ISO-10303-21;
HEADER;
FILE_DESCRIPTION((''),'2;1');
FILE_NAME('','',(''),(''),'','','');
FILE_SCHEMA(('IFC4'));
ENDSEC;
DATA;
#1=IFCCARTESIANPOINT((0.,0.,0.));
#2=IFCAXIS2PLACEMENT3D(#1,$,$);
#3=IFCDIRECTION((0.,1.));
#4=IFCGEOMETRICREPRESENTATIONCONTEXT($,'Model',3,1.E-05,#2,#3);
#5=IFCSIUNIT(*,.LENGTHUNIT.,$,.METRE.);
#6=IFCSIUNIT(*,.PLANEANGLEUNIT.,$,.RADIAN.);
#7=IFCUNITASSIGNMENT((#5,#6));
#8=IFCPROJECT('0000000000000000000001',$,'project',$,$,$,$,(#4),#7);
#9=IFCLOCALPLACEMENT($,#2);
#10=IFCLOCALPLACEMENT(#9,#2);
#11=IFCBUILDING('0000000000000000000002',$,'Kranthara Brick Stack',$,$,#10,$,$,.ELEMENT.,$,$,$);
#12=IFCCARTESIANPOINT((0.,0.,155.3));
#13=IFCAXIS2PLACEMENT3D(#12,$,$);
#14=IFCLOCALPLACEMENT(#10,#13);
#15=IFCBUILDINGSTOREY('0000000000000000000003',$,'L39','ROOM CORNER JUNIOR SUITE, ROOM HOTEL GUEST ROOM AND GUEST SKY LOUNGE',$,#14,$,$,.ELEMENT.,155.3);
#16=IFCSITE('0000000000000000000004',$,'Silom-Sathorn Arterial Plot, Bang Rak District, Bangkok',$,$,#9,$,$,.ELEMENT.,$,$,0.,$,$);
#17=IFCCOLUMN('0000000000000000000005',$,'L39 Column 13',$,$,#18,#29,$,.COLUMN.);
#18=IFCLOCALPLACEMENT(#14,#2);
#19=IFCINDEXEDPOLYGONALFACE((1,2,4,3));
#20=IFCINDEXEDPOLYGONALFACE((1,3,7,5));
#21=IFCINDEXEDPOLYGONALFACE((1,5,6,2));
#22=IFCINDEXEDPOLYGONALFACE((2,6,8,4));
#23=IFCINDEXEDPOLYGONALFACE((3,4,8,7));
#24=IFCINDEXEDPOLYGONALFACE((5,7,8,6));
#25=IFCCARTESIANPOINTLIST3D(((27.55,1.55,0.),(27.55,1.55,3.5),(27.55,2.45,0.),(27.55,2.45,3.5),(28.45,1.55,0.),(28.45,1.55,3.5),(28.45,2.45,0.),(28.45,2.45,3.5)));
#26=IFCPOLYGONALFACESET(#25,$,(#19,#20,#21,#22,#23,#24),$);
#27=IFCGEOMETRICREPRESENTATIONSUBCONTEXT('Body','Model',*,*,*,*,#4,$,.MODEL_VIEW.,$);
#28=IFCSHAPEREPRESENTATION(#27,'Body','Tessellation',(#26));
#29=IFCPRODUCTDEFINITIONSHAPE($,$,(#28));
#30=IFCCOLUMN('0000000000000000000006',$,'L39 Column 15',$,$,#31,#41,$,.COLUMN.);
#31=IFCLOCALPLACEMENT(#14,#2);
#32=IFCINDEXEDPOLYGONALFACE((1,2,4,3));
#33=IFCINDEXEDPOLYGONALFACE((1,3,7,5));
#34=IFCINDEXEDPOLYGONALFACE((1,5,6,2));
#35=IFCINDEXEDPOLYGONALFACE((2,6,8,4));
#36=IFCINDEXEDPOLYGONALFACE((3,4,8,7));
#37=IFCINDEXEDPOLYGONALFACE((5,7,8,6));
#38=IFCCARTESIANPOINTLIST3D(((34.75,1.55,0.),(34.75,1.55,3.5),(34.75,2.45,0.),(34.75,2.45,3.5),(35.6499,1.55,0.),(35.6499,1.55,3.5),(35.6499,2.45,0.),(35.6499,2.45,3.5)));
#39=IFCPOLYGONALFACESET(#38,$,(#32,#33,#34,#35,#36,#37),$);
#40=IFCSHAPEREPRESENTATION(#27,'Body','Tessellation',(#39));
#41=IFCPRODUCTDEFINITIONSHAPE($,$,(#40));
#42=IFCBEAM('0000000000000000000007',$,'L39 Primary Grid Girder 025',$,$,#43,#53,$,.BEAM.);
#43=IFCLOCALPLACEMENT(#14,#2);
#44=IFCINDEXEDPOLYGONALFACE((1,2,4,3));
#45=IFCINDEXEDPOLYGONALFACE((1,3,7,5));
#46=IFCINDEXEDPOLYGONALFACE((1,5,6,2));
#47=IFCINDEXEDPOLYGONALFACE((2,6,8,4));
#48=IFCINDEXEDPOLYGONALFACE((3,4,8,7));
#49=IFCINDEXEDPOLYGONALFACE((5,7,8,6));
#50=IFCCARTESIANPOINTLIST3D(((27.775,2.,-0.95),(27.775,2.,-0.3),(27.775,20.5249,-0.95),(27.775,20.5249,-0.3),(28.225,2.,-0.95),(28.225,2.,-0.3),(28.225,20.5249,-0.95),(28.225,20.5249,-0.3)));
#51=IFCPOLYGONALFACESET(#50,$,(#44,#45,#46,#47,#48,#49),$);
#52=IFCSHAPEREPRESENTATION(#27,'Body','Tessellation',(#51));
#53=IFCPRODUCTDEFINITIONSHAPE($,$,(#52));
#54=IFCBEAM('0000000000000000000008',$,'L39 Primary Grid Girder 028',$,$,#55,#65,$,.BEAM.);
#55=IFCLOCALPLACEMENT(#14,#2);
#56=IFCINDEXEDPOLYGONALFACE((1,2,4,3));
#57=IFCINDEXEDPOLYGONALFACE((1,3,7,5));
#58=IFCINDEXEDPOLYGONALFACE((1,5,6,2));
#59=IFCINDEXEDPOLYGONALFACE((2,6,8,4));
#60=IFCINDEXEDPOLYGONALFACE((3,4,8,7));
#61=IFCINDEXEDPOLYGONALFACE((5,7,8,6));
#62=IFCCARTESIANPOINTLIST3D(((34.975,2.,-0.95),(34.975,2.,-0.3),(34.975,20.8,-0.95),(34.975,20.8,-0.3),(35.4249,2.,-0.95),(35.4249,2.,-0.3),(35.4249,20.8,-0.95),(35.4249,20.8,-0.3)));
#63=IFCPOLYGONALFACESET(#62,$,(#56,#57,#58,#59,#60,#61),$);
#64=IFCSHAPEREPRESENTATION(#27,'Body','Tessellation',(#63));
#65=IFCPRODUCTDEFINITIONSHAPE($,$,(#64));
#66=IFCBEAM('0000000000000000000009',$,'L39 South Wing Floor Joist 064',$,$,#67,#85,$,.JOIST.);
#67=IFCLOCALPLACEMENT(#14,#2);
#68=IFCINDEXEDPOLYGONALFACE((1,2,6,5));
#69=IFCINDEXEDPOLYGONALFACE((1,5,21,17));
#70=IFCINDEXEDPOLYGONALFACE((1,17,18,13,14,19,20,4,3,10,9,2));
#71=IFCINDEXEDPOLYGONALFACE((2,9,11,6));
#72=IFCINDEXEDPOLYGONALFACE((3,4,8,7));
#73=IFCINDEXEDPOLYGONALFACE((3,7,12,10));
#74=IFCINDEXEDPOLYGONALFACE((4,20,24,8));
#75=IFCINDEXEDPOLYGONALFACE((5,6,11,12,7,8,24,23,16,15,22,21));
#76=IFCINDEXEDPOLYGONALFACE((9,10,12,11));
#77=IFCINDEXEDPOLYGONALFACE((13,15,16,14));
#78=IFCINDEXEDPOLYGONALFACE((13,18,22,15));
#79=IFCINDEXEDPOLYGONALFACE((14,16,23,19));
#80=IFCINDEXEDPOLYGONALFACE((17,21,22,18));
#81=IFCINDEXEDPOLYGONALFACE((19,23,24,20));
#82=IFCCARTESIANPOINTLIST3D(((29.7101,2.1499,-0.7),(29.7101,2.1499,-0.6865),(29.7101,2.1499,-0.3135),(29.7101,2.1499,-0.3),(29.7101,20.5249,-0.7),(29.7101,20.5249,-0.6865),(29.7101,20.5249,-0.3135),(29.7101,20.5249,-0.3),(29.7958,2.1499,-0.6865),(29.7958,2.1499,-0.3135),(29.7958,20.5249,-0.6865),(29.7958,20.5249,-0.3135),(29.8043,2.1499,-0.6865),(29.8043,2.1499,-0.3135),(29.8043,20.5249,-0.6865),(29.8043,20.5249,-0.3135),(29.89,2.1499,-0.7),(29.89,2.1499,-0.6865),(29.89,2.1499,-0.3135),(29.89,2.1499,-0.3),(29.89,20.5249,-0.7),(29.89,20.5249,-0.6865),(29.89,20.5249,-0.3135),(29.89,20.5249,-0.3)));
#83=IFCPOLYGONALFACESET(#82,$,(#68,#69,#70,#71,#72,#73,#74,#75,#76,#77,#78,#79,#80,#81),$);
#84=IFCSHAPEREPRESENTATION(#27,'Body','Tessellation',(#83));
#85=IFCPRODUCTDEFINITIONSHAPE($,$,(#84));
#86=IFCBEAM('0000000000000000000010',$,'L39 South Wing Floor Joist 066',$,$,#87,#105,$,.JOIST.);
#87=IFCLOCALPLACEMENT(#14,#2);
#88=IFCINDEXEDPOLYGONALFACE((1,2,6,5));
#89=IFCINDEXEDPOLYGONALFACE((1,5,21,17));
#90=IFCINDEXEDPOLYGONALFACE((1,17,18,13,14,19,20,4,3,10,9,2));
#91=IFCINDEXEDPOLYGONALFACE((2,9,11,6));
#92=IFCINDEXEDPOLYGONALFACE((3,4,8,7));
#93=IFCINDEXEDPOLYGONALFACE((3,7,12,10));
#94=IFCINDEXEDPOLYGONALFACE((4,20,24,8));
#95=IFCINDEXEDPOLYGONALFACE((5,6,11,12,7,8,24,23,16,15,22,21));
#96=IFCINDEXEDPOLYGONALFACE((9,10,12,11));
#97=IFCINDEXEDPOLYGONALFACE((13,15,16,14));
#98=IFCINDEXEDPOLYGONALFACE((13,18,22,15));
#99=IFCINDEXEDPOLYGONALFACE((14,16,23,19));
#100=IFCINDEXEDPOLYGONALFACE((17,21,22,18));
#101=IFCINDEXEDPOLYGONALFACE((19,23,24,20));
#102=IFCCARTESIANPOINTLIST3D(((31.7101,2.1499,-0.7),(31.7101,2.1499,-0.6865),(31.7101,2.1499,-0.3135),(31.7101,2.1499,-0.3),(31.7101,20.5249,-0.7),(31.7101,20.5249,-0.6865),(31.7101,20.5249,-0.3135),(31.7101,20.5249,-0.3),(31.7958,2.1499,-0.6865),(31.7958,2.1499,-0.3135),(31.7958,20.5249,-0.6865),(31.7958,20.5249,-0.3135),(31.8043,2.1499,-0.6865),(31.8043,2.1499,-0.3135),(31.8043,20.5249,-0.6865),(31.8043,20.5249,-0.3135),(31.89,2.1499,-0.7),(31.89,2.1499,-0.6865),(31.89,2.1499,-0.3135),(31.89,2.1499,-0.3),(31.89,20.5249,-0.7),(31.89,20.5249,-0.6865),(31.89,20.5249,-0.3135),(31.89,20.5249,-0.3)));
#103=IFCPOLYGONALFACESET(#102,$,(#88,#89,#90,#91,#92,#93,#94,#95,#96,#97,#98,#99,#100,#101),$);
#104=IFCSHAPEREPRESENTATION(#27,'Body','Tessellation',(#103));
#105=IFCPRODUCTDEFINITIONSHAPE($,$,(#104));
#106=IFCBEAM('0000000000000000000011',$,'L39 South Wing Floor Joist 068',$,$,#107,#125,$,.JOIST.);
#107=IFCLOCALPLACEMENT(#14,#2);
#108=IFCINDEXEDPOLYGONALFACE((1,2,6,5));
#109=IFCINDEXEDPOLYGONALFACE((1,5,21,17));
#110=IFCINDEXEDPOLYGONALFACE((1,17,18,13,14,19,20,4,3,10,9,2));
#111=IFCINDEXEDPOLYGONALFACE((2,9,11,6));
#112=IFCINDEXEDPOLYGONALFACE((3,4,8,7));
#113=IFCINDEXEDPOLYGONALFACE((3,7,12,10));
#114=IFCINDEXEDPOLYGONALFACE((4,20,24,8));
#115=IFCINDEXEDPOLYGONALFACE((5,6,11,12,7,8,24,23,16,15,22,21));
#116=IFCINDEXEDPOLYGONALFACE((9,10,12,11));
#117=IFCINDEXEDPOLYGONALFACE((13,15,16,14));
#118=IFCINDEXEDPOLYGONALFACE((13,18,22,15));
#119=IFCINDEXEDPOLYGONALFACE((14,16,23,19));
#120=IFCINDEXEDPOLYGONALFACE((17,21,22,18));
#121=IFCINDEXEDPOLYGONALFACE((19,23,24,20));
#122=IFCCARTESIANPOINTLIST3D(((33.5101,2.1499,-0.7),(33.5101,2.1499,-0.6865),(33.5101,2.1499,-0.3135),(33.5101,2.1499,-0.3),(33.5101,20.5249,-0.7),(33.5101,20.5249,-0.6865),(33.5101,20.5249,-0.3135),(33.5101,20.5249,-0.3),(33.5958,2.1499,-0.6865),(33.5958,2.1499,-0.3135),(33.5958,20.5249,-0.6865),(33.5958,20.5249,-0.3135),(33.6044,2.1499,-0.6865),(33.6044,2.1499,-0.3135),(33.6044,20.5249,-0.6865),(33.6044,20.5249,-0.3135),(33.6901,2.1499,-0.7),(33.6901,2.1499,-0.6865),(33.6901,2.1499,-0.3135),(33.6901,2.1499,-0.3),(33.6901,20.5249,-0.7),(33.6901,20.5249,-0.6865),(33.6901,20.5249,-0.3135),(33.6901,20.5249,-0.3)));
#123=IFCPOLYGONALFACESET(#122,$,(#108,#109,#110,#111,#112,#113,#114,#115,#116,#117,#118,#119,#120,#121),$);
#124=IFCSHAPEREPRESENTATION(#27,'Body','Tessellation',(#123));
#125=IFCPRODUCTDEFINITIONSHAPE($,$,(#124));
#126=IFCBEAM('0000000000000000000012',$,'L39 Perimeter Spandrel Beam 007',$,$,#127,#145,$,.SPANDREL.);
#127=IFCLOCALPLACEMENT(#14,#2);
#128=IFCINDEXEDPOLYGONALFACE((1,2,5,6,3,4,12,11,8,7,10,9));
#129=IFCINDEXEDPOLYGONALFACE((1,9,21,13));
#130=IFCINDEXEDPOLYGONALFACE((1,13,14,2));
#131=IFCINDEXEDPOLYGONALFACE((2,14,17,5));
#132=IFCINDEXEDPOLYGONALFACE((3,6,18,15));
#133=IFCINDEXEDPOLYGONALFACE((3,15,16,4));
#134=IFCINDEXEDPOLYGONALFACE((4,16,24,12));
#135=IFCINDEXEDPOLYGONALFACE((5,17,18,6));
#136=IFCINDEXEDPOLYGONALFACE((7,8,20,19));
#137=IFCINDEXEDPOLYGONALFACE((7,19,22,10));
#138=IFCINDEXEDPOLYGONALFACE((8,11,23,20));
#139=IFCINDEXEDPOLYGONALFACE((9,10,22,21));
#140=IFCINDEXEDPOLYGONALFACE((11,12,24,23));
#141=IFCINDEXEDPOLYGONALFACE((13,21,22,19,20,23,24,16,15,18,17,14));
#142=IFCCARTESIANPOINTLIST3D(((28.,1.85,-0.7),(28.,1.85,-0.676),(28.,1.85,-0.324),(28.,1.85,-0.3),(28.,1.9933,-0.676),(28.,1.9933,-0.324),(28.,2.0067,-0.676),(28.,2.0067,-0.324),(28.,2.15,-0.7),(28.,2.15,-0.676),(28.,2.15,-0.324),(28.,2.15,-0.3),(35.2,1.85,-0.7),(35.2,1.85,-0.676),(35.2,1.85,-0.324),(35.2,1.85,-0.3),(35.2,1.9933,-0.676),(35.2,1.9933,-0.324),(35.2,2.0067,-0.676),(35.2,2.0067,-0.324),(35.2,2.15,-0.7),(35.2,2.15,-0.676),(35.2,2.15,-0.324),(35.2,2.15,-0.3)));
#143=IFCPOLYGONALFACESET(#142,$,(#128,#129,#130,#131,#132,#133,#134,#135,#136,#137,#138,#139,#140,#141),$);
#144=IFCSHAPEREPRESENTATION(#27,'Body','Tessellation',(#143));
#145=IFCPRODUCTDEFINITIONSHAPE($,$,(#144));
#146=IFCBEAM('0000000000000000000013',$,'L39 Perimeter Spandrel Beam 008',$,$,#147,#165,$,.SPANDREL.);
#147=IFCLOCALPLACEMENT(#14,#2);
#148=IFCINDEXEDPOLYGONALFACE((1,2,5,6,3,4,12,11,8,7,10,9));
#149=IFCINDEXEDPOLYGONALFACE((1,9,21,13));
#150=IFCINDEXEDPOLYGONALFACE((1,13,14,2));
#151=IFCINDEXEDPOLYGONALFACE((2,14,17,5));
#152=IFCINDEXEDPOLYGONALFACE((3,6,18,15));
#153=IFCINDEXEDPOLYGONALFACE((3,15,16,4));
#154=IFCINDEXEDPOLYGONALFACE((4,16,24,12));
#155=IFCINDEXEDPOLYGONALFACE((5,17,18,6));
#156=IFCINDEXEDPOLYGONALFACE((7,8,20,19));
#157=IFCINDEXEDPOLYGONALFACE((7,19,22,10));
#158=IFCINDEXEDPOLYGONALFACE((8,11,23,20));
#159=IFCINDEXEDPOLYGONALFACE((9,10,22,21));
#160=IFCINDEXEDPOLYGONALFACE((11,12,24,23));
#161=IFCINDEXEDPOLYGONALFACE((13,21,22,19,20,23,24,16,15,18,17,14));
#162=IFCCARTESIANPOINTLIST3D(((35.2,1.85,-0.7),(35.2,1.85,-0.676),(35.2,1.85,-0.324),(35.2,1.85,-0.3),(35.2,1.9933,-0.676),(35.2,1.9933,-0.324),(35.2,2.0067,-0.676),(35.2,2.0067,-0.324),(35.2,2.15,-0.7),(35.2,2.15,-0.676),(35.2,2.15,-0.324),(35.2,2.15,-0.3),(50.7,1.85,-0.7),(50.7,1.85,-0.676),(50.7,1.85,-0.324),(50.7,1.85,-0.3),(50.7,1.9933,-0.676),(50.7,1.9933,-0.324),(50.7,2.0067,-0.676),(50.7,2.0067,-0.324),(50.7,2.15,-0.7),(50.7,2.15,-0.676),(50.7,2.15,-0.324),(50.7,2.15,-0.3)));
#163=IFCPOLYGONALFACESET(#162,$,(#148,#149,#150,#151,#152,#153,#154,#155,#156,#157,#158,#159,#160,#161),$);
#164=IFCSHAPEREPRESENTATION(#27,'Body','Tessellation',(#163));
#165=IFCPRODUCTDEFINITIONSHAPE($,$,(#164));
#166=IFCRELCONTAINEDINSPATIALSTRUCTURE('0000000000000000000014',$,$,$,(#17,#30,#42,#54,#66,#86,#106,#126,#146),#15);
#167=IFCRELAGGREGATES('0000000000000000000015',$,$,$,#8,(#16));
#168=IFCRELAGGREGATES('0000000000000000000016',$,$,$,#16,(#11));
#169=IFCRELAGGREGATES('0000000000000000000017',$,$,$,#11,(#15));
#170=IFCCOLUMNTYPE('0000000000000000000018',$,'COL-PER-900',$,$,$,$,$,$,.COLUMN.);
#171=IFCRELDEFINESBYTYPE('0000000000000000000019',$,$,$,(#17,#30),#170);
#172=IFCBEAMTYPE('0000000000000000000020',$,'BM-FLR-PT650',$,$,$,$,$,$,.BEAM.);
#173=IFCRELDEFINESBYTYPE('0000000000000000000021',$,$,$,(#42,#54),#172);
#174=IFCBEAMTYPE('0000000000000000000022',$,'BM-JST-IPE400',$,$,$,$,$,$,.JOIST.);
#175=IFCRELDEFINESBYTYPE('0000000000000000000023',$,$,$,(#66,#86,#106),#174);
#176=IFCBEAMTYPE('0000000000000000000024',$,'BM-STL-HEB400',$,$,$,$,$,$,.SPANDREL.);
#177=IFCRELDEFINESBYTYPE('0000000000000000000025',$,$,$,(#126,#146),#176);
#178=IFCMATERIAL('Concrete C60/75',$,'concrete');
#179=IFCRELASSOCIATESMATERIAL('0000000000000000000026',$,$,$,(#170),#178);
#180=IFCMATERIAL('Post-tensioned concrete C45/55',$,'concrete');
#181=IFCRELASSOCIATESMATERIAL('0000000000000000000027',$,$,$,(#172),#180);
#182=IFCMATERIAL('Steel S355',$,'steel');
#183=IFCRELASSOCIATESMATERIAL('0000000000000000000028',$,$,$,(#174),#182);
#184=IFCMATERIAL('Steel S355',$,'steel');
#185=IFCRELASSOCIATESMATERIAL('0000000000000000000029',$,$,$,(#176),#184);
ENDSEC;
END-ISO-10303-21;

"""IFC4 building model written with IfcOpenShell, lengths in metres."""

from ifc_helpers import new_model, si_unit, direction, frame, origin, origin_2d, place, context, subcontext, project, spatial, rectangle, i_section, extrude, material, material_profile, profile_set, type_object, element, save


model = new_model("IFC4")

# Units and contexts
model_context = context("Model", 3, precision=1e-05, world=origin(), true_north=direction((0.0, 1.0)))
body_context = subcontext(model_context, "Body", "Model", "MODEL_VIEW")
ifc_project = project(units=[si_unit("LENGTHUNIT", "METRE"), si_unit("PLANEANGLEUNIT", "RADIAN")], contexts=[model_context])

# Site, building, storey
site_placement = place(None, origin())
site = spatial("IfcSite", under=ifc_project, at=site_placement, Name="Silom-Sathorn Arterial Plot, Bang Rak District, Bangkok", CompositionType="ELEMENT", RefElevation=0.0)
building_placement = place(site_placement, origin())
building = spatial("IfcBuilding", under=site, at=building_placement, Name="Kranthara Brick Stack", CompositionType="ELEMENT")
storey_placement = place(building_placement, frame((0.0, 0.0, 155.3)))
storey = spatial("IfcBuildingStorey", under=building, at=storey_placement, Name="L39", Description="ROOM CORNER JUNIOR SUITE, ROOM HOTEL GUEST ROOM AND GUEST SKY LOUNGE", CompositionType="ELEMENT", Elevation=155.3)

# Columns
ifc_material_1 = material(Name="Concrete C60/75", Category="concrete")
ifc_material_profile_1 = material_profile(ifc_material_1, rectangle(XDim=0.8999, YDim=0.8999, at=origin_2d()), Name="RC 900x900")
ifc_profile_set_1 = profile_set([ifc_material_profile_1], Name="Concrete C60/75")
column_type = type_object("IfcColumnType", Name="COL-PER-900", PredefinedType="COLUMN", material=ifc_profile_set_1)
for number, where, z_axis, x_axis, name in (
    (1, (28.0, 2.0, 0.0), (0.0, 0.0, 1.0), (1.0, 0.0, 0.0), "L39 Column 13"),
    (2, (35.2, 2.0, 0.0), (0.0, 0.0, 1.0), (1.0, 0.0, 0.0), "L39 Column 15"),
):
    element("IfcColumn", number, at=place(storey_placement, frame(where, z_axis=z_axis, x_axis=x_axis)), inside=storey, type_object=column_type, Name=name, PredefinedType="COLUMN", context=body_context, shape_type="SweptSolid", body=[
        extrude(rectangle(XDim=0.8999, YDim=0.8999, at=origin_2d()), origin(), (0.0, 0.0, 1.0), 3.5),
    ])

# Beams
ifc_material_2 = material(Name="Post-tensioned concrete C45/55", Category="concrete")
ifc_material_profile_2 = material_profile(ifc_material_2, rectangle(XDim=0.45, YDim=0.6499, at=origin_2d()), Name="PT 450x650")
ifc_profile_set_2 = profile_set([ifc_material_profile_2], Name="Post-tensioned concrete C45/55")
beam_type_1 = type_object("IfcBeamType", Name="BM-FLR-PT650", PredefinedType="BEAM", material=ifc_profile_set_2)
beam_1_placement = place(storey_placement, frame((28.0, 2.0, -0.625), z_axis=(0.0, 1.0, 0.0), x_axis=(-1.0, 0.0, 0.0)))
element("IfcBeam", 3, at=beam_1_placement, inside=storey, type_object=beam_type_1, Name="L39 Primary Grid Girder 025", PredefinedType="BEAM", context=body_context, shape_type="SweptSolid", body=[
    extrude(rectangle(XDim=0.45, YDim=0.6499, at=origin_2d()), origin(), (0.0, 0.0, 1.0), 18.5249),
])
beam_2_placement = place(storey_placement, frame((35.2, 2.0, -0.625), z_axis=(0.0, 1.0, 0.0), x_axis=(-1.0, 0.0, 0.0)))
element("IfcBeam", 4, at=beam_2_placement, inside=storey, type_object=beam_type_1, Name="L39 Primary Grid Girder 028", PredefinedType="BEAM", context=body_context, shape_type="SweptSolid", body=[
    extrude(rectangle(XDim=0.45, YDim=0.6499, at=origin_2d()), origin(), (0.0, 0.0, 1.0), 18.8),
])
ifc_material_3 = material(Name="Steel S355", Category="steel")
ifc_material_profile_3 = material_profile(ifc_material_3, i_section(OverallWidth=0.1799, OverallDepth=0.3999, WebThickness=0.0085, FlangeThickness=0.0134, at=origin_2d()), Name="IPE 400")
ifc_profile_set_3 = profile_set([ifc_material_profile_3], Name="Steel S355")
beam_type_2 = type_object("IfcBeamType", Name="BM-JST-IPE400", PredefinedType="JOIST", material=ifc_profile_set_3)
for number, where, z_axis, x_axis, name in (
    (5, (29.8, 2.1499, -0.5), (0.0, 1.0, 0.0), (-1.0, 0.0, 0.0), "L39 South Wing Floor Joist 064"),
    (6, (31.8, 2.1499, -0.5), (0.0, 1.0, 0.0), (-1.0, 0.0, 0.0), "L39 South Wing Floor Joist 066"),
    (7, (33.6001, 2.1499, -0.5), (0.0, 1.0, 0.0), (-1.0, 0.0, 0.0), "L39 South Wing Floor Joist 068"),
):
    element("IfcBeam", number, at=place(storey_placement, frame(where, z_axis=z_axis, x_axis=x_axis)), inside=storey, type_object=beam_type_2, Name=name, PredefinedType="JOIST", context=body_context, shape_type="SweptSolid", body=[
        extrude(i_section(OverallWidth=0.1799, OverallDepth=0.3999, WebThickness=0.0085, FlangeThickness=0.0134, at=origin_2d()), origin(), (0.0, 0.0, 1.0), 18.375),
    ])
ifc_material_4 = material(Name="Steel S355", Category="steel")
ifc_material_profile_4 = material_profile(ifc_material_4, i_section(OverallWidth=0.3, OverallDepth=0.3999, WebThickness=0.0134, FlangeThickness=0.0239, at=origin_2d()), Name="HEB 400")
ifc_profile_set_4 = profile_set([ifc_material_profile_4], Name="Steel S355")
beam_type_3 = type_object("IfcBeamType", Name="BM-STL-HEB400", PredefinedType="SPANDREL", material=ifc_profile_set_4)
beam_3_placement = place(storey_placement, frame((28.0, 2.0, -0.5), z_axis=(1.0, 0.0, 0.0), x_axis=(0.0, 1.0, 0.0)))
element("IfcBeam", 8, at=beam_3_placement, inside=storey, type_object=beam_type_3, Name="L39 Perimeter Spandrel Beam 007", PredefinedType="SPANDREL", context=body_context, shape_type="SweptSolid", body=[
    extrude(i_section(OverallWidth=0.3, OverallDepth=0.3999, WebThickness=0.0134, FlangeThickness=0.0239, at=origin_2d()), origin(), (0.0, 0.0, 1.0), 7.2),
])
beam_4_placement = place(storey_placement, frame((35.2, 2.0, -0.5), z_axis=(1.0, 0.0, 0.0), x_axis=(0.0, 1.0, 0.0)))
element("IfcBeam", 9, at=beam_4_placement, inside=storey, type_object=beam_type_3, Name="L39 Perimeter Spandrel Beam 008", PredefinedType="SPANDREL", context=body_context, shape_type="SweptSolid", body=[
    extrude(i_section(OverallWidth=0.3, OverallDepth=0.3999, WebThickness=0.0134, FlangeThickness=0.0239, at=origin_2d()), origin(), (0.0, 0.0, 1.0), 15.5),
])

save(model, "model.ifc")
